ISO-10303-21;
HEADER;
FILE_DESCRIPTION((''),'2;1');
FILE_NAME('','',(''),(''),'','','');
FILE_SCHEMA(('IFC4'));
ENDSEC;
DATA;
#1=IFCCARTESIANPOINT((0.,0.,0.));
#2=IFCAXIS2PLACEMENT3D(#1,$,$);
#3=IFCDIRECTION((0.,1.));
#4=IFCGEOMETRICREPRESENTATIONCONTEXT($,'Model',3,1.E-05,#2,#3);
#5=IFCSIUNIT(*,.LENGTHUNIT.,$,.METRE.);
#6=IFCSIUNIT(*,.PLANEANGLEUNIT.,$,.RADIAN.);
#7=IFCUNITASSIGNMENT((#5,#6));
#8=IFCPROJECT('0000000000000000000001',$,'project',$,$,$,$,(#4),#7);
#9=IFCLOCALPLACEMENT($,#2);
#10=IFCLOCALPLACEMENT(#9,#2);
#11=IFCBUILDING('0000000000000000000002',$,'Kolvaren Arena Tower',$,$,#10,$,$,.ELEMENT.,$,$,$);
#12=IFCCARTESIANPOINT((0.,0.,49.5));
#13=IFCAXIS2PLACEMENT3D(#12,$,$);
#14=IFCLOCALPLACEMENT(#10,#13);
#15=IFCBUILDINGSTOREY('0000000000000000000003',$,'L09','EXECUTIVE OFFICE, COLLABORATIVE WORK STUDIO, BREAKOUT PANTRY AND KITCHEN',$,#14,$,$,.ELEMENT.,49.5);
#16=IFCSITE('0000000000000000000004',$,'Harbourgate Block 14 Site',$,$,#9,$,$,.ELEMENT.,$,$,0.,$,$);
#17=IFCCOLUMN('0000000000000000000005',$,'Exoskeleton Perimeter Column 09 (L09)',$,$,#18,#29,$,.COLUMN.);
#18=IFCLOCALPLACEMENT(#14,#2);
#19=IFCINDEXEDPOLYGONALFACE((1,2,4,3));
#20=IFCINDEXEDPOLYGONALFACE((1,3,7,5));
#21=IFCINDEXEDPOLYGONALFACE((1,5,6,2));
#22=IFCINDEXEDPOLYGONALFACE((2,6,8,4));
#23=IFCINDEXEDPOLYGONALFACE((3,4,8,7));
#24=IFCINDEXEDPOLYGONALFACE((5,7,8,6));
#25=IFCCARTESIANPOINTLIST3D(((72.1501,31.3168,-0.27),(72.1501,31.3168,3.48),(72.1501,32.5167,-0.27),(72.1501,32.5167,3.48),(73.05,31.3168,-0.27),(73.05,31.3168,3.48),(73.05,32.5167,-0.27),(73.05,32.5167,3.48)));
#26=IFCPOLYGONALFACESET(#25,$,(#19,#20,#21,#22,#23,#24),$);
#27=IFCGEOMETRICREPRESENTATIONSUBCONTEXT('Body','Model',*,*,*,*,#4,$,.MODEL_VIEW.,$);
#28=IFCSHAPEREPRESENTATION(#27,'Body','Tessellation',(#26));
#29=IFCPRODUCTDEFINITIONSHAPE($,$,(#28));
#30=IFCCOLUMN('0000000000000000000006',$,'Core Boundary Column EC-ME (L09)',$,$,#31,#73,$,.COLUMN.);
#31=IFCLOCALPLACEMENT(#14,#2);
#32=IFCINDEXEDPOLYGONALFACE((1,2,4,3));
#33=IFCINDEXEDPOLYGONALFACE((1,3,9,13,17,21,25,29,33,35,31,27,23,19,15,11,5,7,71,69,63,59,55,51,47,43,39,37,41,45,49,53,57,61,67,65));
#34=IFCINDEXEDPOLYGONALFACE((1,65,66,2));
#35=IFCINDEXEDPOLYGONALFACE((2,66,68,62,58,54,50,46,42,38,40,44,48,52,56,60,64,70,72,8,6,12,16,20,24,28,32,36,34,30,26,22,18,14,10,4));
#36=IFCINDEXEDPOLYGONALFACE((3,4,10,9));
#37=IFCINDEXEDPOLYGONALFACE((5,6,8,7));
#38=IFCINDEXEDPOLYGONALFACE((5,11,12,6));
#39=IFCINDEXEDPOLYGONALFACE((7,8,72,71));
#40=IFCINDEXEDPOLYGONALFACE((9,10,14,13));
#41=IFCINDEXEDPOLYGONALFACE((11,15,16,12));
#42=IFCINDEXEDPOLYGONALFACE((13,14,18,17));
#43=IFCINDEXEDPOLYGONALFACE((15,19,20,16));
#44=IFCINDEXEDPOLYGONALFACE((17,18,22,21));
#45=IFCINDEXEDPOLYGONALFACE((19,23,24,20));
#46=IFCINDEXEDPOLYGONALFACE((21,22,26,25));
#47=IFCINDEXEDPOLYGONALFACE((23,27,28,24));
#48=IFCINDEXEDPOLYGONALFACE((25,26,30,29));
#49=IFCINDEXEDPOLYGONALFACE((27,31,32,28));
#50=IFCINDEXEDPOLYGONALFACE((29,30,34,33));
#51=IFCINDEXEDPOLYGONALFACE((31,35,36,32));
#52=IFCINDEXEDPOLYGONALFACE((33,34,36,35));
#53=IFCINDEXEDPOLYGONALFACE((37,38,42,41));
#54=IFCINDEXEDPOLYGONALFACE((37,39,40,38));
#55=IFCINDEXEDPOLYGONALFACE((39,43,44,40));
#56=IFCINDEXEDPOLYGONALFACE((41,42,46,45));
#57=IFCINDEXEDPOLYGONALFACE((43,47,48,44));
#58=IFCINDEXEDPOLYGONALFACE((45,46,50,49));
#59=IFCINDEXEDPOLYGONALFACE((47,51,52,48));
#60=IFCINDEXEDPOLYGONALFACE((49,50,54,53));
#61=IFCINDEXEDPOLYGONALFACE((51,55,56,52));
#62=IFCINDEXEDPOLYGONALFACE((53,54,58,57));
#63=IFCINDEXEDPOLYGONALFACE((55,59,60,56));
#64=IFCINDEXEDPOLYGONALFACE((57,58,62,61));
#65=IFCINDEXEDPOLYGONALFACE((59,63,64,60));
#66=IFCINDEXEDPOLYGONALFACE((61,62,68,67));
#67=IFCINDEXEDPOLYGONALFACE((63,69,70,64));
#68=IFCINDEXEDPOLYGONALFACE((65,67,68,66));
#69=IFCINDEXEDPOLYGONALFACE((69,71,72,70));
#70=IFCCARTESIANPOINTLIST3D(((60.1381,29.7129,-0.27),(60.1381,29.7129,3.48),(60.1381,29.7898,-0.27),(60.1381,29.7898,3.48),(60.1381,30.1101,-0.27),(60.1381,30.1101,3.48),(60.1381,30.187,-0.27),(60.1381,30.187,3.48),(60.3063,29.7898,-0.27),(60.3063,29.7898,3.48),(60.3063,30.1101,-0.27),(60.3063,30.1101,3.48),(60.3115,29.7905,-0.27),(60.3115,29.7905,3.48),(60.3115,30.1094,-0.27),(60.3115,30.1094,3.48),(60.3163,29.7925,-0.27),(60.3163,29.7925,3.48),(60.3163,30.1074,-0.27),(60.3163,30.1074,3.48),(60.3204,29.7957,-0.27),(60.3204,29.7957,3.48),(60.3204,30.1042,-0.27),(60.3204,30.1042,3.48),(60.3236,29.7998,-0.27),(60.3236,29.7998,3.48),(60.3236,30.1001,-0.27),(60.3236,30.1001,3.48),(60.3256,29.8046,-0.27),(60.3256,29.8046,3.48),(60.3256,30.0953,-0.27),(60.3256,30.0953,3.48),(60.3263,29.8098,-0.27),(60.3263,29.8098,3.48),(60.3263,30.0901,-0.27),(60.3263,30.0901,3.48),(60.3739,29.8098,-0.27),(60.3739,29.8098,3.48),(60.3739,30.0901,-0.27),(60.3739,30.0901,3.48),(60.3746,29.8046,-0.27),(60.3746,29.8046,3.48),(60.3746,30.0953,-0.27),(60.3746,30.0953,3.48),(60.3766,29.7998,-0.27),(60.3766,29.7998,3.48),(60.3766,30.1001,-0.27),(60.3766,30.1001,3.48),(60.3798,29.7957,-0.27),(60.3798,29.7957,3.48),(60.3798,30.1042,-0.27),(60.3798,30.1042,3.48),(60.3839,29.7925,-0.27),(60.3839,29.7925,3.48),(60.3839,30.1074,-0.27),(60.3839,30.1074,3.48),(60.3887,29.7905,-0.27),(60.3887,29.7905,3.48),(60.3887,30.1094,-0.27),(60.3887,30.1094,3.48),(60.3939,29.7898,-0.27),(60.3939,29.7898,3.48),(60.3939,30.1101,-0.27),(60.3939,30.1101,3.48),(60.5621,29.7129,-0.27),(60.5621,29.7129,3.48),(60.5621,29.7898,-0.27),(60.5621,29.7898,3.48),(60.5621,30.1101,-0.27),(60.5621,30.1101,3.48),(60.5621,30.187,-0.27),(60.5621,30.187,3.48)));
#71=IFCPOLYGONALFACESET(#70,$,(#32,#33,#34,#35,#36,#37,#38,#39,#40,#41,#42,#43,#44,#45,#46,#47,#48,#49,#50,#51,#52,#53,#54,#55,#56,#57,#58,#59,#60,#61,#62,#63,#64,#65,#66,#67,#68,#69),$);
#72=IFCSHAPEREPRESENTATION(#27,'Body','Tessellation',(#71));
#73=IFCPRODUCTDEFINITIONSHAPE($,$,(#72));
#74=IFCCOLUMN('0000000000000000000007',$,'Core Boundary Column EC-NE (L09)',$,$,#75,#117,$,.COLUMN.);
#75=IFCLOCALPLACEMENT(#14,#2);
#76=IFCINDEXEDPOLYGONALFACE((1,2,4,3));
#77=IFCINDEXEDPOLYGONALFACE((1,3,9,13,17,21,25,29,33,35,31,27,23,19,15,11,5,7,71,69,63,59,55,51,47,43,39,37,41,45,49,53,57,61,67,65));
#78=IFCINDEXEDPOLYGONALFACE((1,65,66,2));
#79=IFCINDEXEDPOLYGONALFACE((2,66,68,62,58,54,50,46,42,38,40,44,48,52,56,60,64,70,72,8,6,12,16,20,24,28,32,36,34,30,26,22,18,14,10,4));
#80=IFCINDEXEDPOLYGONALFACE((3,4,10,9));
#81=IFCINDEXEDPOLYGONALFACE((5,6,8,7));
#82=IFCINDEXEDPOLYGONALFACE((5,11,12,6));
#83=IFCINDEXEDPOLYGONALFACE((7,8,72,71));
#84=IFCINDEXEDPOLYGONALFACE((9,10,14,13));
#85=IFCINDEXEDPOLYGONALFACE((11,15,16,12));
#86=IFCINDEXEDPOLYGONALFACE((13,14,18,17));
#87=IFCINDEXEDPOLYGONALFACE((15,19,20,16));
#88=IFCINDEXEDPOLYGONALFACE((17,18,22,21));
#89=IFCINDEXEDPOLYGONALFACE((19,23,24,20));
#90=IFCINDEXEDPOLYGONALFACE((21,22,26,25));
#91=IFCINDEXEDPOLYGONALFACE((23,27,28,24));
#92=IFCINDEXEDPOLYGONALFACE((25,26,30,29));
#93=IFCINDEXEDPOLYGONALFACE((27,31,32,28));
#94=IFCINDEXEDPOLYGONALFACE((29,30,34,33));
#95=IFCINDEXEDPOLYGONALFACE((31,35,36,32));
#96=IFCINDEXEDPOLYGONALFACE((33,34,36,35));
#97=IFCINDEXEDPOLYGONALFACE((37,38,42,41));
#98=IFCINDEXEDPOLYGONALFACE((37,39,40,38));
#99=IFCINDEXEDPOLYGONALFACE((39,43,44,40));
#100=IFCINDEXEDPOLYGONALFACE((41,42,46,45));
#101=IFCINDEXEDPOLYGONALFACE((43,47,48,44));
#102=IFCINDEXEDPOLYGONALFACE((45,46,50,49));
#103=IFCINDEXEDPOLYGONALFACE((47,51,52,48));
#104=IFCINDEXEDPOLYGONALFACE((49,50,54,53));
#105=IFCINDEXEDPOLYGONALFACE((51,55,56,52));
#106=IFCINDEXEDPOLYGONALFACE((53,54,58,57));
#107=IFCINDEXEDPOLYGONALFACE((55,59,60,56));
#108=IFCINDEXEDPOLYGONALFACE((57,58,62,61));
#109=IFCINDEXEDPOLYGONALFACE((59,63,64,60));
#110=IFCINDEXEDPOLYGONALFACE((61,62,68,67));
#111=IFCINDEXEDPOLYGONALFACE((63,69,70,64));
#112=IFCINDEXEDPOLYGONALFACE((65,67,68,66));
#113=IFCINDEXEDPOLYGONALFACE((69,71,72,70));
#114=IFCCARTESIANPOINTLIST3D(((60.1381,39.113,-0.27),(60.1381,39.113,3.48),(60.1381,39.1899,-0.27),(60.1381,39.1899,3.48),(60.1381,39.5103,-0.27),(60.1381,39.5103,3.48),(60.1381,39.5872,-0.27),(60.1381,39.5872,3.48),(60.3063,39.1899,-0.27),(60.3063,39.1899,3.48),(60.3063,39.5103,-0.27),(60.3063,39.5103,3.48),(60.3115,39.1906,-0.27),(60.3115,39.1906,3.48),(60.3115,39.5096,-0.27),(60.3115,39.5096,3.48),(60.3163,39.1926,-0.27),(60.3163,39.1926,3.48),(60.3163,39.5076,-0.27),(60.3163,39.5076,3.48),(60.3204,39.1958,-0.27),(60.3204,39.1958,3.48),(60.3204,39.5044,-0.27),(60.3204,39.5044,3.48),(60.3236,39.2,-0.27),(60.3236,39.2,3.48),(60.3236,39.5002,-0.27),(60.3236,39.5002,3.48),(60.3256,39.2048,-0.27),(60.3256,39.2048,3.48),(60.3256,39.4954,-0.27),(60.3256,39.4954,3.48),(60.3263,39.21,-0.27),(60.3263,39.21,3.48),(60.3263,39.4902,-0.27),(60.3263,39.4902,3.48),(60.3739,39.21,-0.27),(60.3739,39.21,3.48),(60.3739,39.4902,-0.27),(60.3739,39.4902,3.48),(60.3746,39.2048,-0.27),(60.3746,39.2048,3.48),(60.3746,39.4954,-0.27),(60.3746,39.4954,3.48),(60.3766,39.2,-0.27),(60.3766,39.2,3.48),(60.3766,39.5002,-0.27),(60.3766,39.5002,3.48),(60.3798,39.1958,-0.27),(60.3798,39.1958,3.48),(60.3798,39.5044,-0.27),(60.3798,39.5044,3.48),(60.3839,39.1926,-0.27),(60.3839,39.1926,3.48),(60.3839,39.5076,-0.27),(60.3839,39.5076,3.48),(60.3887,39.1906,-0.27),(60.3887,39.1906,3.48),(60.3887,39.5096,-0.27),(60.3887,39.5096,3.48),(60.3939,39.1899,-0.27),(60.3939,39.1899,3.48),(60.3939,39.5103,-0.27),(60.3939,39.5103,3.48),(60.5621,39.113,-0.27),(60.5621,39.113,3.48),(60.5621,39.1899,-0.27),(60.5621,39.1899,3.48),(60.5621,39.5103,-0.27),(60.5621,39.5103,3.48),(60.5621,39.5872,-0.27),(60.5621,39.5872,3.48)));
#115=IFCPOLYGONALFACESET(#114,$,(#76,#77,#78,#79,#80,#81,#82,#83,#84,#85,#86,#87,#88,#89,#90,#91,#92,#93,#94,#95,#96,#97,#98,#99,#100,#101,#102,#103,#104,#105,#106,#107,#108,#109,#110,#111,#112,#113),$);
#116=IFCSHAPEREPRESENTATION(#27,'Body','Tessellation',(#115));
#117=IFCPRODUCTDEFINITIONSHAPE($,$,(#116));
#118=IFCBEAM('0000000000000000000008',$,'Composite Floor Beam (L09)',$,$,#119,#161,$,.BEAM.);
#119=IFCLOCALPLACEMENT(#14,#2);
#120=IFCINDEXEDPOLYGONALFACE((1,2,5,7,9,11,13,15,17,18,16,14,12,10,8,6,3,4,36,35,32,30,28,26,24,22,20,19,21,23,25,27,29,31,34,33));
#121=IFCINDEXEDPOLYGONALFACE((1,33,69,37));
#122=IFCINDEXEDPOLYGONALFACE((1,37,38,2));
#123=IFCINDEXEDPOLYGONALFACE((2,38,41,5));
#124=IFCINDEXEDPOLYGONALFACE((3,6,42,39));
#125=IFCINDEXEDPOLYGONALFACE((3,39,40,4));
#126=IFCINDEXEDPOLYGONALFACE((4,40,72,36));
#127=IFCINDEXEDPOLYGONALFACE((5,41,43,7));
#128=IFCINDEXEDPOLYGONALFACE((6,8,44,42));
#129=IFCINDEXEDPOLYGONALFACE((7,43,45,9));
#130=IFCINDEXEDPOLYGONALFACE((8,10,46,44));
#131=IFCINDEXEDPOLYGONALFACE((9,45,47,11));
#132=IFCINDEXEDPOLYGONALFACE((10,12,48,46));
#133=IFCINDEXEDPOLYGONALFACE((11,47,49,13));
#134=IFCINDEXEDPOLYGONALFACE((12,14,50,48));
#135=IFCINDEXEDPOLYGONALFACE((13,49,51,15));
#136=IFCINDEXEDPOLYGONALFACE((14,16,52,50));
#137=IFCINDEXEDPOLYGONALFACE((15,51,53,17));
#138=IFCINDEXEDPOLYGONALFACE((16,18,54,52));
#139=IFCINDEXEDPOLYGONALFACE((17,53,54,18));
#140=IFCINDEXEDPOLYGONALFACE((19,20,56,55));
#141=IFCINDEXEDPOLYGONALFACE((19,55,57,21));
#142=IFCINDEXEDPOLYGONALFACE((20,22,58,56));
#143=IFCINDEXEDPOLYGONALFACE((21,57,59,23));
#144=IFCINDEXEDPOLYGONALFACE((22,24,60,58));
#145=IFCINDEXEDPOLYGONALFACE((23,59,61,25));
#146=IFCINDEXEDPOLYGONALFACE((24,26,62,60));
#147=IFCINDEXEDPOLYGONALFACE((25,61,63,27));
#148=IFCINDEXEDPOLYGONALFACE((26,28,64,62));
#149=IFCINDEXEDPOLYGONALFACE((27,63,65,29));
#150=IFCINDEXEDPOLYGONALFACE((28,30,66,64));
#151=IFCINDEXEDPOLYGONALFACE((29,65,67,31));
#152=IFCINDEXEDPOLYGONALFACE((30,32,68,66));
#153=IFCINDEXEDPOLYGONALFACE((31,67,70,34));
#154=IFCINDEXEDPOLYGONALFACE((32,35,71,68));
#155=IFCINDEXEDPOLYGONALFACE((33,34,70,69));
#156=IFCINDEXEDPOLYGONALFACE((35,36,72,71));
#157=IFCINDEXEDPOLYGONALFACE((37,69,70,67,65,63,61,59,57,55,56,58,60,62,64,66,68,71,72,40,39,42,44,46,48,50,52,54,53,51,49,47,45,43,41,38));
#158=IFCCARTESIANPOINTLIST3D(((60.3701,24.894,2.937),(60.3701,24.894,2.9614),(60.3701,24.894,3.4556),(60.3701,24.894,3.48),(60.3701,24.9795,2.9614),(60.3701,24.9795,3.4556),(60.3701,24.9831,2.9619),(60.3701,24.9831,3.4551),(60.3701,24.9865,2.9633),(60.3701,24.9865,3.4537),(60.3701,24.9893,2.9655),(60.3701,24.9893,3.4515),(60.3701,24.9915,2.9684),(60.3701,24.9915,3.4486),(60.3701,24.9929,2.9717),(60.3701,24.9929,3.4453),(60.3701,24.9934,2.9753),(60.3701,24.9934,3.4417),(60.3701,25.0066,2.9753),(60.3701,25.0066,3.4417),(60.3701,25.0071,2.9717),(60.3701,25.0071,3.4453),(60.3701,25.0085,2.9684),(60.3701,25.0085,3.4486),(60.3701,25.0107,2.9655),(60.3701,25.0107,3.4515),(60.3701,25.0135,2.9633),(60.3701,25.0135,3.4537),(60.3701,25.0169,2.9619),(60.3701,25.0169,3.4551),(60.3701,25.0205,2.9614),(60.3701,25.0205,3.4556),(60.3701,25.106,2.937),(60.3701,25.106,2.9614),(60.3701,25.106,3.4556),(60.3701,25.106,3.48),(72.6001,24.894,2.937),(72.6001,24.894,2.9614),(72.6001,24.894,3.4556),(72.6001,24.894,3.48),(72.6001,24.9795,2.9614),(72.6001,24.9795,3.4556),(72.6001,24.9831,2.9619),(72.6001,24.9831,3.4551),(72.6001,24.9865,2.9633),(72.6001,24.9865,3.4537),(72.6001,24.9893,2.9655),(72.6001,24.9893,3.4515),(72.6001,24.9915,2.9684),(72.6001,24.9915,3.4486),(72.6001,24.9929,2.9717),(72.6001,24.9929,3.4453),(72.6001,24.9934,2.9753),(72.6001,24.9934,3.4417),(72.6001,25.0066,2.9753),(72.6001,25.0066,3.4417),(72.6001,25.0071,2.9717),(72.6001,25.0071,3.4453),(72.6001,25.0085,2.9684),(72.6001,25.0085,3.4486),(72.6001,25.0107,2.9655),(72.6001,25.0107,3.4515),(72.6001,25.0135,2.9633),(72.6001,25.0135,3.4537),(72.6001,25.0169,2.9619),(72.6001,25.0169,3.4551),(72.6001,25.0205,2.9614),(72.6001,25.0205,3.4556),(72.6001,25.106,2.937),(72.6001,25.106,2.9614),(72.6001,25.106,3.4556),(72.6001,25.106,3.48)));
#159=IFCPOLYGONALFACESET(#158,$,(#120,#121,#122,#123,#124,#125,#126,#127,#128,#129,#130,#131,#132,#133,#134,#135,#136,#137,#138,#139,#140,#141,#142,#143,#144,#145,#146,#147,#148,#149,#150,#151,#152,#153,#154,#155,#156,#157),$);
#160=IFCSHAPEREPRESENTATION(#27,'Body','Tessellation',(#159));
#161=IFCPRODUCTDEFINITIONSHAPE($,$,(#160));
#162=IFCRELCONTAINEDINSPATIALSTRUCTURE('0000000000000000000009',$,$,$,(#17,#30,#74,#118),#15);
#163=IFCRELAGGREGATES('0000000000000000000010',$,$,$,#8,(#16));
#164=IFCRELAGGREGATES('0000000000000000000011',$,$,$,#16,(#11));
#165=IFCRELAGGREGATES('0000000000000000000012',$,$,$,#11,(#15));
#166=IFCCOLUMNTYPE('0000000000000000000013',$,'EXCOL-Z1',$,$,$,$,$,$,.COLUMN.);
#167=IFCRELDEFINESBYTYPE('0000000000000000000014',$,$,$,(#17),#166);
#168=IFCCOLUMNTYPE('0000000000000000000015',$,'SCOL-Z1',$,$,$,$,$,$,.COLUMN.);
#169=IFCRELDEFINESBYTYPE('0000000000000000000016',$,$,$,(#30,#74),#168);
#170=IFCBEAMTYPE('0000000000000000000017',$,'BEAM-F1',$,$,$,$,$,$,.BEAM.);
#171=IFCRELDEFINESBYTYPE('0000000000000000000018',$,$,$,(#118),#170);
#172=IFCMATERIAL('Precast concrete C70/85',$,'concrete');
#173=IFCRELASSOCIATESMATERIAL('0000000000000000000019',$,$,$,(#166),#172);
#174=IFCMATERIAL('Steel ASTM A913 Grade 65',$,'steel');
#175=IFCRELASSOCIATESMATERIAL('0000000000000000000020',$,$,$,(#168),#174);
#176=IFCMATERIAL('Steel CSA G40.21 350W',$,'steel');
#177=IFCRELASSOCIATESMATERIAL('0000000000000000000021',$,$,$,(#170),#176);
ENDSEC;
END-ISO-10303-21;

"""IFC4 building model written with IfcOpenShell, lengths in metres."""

from ifc_helpers import new_model, si_unit, direction, frame, origin, origin_2d, place, context, subcontext, project, spatial, rectangle, i_section, extrude, material, material_profile, profile_set, type_object, element, save


model = new_model("IFC4")

# Units and contexts
model_context = context("Model", 3, precision=1e-05, world=origin(), true_north=direction((0.0, 1.0)))
body_context = subcontext(model_context, "Body", "Model", "MODEL_VIEW")
ifc_project = project(units=[si_unit("LENGTHUNIT", "METRE"), si_unit("PLANEANGLEUNIT", "RADIAN")], contexts=[model_context])

# Site, building, storey
site_placement = place(None, origin())
site = spatial("IfcSite", under=ifc_project, at=site_placement, Name="Harbourgate Block 14 Site", CompositionType="ELEMENT", RefElevation=0.0)
building_placement = place(site_placement, origin())
building = spatial("IfcBuilding", under=site, at=building_placement, Name="Kolvaren Arena Tower", CompositionType="ELEMENT")
storey_placement = place(building_placement, frame((0.0, 0.0, 49.5)))
storey = spatial("IfcBuildingStorey", under=building, at=storey_placement, Name="L09", Description="EXECUTIVE OFFICE, COLLABORATIVE WORK STUDIO, BREAKOUT PANTRY AND KITCHEN", CompositionType="ELEMENT", Elevation=49.5)

# Columns
ifc_material_1 = material(Name="Precast concrete C70/85", Category="concrete")
ifc_material_profile_1 = material_profile(ifc_material_1, rectangle(XDim=1.2, YDim=0.8999, at=origin_2d()), Name="RC-1200x900")
ifc_profile_set_1 = profile_set([ifc_material_profile_1], Name="Precast concrete C70/85")
column_type_1 = type_object("IfcColumnType", Name="EXCOL-Z1", PredefinedType="COLUMN", material=ifc_profile_set_1)
column_placement = place(storey_placement, frame((72.6001, 31.9167, -0.27), z_axis=(0.0, 0.0, 1.0), x_axis=(0.0, 1.0, 0.0)))
element("IfcColumn", 1, at=column_placement, inside=storey, type_object=column_type_1, Name="Exoskeleton Perimeter Column 09 (L09)", PredefinedType="COLUMN", context=body_context, shape_type="SweptSolid", body=[
    extrude(rectangle(XDim=1.2, YDim=0.8999, at=origin_2d()), origin(), (0.0, 0.0, 1.0), 3.75),
])
ifc_material_2 = material(Name="Steel ASTM A913 Grade 65", Category="steel")
ifc_material_profile_2 = material_profile(ifc_material_2, i_section(OverallWidth=0.4241, OverallDepth=0.4741, WebThickness=0.0476, FlangeThickness=0.0769, FilletRadius=0.02, at=origin_2d()), Name="W360x634")
ifc_profile_set_2 = profile_set([ifc_material_profile_2], Name="Steel ASTM A913 Grade 65")
column_type_2 = type_object("IfcColumnType", Name="SCOL-Z1", PredefinedType="COLUMN", material=ifc_profile_set_2)
for number, where, z_axis, x_axis, name in (
    (2, (60.3501, 29.95, -0.27), (0.0, 0.0, 1.0), (1.0, 0.0, 0.0), "Core Boundary Column EC-ME (L09)"),
    (3, (60.3501, 39.3501, -0.27), (0.0, 0.0, 1.0), (1.0, 0.0, 0.0), "Core Boundary Column EC-NE (L09)"),
):
    element("IfcColumn", number, at=place(storey_placement, frame(where, z_axis=z_axis, x_axis=x_axis)), inside=storey, type_object=column_type_2, Name=name, PredefinedType="COLUMN", context=body_context, shape_type="SweptSolid", body=[
        extrude(i_section(OverallWidth=0.4241, OverallDepth=0.4741, WebThickness=0.0476, FlangeThickness=0.0769, FilletRadius=0.02, at=origin_2d()), origin(), (0.0, 0.0, 1.0), 3.75),
    ])

# Beam
ifc_material_3 = material(Name="Steel CSA G40.21 350W", Category="steel")
ifc_material_profile_3 = material_profile(ifc_material_3, i_section(OverallWidth=0.2119, OverallDepth=0.543, WebThickness=0.0132, FlangeThickness=0.0244, FilletRadius=0.0139, at=origin_2d()), Name="W530x150")
ifc_profile_set_3 = profile_set([ifc_material_profile_3], Name="Steel CSA G40.21 350W")
beam_type_1 = type_object("IfcBeamType", Name="BEAM-F1", PredefinedType="BEAM", material=ifc_profile_set_3)
beam_1_placement = place(storey_placement, frame((60.3701, 25.0, 3.2085), z_axis=(1.0, 0.0, 0.0), x_axis=(0.0, 1.0, 0.0)))
element("IfcBeam", 4, at=beam_1_placement, inside=storey, type_object=beam_type_1, Name="Composite Floor Beam (L09)", PredefinedType="BEAM", context=body_context, shape_type="SweptSolid", body=[
    extrude(i_section(OverallWidth=0.2119, OverallDepth=0.543, WebThickness=0.0132, FlangeThickness=0.0244, FilletRadius=0.0139, at=origin_2d()), origin(), (0.0, 0.0, 1.0), 12.23),
])

save(model, "model.ifc")
